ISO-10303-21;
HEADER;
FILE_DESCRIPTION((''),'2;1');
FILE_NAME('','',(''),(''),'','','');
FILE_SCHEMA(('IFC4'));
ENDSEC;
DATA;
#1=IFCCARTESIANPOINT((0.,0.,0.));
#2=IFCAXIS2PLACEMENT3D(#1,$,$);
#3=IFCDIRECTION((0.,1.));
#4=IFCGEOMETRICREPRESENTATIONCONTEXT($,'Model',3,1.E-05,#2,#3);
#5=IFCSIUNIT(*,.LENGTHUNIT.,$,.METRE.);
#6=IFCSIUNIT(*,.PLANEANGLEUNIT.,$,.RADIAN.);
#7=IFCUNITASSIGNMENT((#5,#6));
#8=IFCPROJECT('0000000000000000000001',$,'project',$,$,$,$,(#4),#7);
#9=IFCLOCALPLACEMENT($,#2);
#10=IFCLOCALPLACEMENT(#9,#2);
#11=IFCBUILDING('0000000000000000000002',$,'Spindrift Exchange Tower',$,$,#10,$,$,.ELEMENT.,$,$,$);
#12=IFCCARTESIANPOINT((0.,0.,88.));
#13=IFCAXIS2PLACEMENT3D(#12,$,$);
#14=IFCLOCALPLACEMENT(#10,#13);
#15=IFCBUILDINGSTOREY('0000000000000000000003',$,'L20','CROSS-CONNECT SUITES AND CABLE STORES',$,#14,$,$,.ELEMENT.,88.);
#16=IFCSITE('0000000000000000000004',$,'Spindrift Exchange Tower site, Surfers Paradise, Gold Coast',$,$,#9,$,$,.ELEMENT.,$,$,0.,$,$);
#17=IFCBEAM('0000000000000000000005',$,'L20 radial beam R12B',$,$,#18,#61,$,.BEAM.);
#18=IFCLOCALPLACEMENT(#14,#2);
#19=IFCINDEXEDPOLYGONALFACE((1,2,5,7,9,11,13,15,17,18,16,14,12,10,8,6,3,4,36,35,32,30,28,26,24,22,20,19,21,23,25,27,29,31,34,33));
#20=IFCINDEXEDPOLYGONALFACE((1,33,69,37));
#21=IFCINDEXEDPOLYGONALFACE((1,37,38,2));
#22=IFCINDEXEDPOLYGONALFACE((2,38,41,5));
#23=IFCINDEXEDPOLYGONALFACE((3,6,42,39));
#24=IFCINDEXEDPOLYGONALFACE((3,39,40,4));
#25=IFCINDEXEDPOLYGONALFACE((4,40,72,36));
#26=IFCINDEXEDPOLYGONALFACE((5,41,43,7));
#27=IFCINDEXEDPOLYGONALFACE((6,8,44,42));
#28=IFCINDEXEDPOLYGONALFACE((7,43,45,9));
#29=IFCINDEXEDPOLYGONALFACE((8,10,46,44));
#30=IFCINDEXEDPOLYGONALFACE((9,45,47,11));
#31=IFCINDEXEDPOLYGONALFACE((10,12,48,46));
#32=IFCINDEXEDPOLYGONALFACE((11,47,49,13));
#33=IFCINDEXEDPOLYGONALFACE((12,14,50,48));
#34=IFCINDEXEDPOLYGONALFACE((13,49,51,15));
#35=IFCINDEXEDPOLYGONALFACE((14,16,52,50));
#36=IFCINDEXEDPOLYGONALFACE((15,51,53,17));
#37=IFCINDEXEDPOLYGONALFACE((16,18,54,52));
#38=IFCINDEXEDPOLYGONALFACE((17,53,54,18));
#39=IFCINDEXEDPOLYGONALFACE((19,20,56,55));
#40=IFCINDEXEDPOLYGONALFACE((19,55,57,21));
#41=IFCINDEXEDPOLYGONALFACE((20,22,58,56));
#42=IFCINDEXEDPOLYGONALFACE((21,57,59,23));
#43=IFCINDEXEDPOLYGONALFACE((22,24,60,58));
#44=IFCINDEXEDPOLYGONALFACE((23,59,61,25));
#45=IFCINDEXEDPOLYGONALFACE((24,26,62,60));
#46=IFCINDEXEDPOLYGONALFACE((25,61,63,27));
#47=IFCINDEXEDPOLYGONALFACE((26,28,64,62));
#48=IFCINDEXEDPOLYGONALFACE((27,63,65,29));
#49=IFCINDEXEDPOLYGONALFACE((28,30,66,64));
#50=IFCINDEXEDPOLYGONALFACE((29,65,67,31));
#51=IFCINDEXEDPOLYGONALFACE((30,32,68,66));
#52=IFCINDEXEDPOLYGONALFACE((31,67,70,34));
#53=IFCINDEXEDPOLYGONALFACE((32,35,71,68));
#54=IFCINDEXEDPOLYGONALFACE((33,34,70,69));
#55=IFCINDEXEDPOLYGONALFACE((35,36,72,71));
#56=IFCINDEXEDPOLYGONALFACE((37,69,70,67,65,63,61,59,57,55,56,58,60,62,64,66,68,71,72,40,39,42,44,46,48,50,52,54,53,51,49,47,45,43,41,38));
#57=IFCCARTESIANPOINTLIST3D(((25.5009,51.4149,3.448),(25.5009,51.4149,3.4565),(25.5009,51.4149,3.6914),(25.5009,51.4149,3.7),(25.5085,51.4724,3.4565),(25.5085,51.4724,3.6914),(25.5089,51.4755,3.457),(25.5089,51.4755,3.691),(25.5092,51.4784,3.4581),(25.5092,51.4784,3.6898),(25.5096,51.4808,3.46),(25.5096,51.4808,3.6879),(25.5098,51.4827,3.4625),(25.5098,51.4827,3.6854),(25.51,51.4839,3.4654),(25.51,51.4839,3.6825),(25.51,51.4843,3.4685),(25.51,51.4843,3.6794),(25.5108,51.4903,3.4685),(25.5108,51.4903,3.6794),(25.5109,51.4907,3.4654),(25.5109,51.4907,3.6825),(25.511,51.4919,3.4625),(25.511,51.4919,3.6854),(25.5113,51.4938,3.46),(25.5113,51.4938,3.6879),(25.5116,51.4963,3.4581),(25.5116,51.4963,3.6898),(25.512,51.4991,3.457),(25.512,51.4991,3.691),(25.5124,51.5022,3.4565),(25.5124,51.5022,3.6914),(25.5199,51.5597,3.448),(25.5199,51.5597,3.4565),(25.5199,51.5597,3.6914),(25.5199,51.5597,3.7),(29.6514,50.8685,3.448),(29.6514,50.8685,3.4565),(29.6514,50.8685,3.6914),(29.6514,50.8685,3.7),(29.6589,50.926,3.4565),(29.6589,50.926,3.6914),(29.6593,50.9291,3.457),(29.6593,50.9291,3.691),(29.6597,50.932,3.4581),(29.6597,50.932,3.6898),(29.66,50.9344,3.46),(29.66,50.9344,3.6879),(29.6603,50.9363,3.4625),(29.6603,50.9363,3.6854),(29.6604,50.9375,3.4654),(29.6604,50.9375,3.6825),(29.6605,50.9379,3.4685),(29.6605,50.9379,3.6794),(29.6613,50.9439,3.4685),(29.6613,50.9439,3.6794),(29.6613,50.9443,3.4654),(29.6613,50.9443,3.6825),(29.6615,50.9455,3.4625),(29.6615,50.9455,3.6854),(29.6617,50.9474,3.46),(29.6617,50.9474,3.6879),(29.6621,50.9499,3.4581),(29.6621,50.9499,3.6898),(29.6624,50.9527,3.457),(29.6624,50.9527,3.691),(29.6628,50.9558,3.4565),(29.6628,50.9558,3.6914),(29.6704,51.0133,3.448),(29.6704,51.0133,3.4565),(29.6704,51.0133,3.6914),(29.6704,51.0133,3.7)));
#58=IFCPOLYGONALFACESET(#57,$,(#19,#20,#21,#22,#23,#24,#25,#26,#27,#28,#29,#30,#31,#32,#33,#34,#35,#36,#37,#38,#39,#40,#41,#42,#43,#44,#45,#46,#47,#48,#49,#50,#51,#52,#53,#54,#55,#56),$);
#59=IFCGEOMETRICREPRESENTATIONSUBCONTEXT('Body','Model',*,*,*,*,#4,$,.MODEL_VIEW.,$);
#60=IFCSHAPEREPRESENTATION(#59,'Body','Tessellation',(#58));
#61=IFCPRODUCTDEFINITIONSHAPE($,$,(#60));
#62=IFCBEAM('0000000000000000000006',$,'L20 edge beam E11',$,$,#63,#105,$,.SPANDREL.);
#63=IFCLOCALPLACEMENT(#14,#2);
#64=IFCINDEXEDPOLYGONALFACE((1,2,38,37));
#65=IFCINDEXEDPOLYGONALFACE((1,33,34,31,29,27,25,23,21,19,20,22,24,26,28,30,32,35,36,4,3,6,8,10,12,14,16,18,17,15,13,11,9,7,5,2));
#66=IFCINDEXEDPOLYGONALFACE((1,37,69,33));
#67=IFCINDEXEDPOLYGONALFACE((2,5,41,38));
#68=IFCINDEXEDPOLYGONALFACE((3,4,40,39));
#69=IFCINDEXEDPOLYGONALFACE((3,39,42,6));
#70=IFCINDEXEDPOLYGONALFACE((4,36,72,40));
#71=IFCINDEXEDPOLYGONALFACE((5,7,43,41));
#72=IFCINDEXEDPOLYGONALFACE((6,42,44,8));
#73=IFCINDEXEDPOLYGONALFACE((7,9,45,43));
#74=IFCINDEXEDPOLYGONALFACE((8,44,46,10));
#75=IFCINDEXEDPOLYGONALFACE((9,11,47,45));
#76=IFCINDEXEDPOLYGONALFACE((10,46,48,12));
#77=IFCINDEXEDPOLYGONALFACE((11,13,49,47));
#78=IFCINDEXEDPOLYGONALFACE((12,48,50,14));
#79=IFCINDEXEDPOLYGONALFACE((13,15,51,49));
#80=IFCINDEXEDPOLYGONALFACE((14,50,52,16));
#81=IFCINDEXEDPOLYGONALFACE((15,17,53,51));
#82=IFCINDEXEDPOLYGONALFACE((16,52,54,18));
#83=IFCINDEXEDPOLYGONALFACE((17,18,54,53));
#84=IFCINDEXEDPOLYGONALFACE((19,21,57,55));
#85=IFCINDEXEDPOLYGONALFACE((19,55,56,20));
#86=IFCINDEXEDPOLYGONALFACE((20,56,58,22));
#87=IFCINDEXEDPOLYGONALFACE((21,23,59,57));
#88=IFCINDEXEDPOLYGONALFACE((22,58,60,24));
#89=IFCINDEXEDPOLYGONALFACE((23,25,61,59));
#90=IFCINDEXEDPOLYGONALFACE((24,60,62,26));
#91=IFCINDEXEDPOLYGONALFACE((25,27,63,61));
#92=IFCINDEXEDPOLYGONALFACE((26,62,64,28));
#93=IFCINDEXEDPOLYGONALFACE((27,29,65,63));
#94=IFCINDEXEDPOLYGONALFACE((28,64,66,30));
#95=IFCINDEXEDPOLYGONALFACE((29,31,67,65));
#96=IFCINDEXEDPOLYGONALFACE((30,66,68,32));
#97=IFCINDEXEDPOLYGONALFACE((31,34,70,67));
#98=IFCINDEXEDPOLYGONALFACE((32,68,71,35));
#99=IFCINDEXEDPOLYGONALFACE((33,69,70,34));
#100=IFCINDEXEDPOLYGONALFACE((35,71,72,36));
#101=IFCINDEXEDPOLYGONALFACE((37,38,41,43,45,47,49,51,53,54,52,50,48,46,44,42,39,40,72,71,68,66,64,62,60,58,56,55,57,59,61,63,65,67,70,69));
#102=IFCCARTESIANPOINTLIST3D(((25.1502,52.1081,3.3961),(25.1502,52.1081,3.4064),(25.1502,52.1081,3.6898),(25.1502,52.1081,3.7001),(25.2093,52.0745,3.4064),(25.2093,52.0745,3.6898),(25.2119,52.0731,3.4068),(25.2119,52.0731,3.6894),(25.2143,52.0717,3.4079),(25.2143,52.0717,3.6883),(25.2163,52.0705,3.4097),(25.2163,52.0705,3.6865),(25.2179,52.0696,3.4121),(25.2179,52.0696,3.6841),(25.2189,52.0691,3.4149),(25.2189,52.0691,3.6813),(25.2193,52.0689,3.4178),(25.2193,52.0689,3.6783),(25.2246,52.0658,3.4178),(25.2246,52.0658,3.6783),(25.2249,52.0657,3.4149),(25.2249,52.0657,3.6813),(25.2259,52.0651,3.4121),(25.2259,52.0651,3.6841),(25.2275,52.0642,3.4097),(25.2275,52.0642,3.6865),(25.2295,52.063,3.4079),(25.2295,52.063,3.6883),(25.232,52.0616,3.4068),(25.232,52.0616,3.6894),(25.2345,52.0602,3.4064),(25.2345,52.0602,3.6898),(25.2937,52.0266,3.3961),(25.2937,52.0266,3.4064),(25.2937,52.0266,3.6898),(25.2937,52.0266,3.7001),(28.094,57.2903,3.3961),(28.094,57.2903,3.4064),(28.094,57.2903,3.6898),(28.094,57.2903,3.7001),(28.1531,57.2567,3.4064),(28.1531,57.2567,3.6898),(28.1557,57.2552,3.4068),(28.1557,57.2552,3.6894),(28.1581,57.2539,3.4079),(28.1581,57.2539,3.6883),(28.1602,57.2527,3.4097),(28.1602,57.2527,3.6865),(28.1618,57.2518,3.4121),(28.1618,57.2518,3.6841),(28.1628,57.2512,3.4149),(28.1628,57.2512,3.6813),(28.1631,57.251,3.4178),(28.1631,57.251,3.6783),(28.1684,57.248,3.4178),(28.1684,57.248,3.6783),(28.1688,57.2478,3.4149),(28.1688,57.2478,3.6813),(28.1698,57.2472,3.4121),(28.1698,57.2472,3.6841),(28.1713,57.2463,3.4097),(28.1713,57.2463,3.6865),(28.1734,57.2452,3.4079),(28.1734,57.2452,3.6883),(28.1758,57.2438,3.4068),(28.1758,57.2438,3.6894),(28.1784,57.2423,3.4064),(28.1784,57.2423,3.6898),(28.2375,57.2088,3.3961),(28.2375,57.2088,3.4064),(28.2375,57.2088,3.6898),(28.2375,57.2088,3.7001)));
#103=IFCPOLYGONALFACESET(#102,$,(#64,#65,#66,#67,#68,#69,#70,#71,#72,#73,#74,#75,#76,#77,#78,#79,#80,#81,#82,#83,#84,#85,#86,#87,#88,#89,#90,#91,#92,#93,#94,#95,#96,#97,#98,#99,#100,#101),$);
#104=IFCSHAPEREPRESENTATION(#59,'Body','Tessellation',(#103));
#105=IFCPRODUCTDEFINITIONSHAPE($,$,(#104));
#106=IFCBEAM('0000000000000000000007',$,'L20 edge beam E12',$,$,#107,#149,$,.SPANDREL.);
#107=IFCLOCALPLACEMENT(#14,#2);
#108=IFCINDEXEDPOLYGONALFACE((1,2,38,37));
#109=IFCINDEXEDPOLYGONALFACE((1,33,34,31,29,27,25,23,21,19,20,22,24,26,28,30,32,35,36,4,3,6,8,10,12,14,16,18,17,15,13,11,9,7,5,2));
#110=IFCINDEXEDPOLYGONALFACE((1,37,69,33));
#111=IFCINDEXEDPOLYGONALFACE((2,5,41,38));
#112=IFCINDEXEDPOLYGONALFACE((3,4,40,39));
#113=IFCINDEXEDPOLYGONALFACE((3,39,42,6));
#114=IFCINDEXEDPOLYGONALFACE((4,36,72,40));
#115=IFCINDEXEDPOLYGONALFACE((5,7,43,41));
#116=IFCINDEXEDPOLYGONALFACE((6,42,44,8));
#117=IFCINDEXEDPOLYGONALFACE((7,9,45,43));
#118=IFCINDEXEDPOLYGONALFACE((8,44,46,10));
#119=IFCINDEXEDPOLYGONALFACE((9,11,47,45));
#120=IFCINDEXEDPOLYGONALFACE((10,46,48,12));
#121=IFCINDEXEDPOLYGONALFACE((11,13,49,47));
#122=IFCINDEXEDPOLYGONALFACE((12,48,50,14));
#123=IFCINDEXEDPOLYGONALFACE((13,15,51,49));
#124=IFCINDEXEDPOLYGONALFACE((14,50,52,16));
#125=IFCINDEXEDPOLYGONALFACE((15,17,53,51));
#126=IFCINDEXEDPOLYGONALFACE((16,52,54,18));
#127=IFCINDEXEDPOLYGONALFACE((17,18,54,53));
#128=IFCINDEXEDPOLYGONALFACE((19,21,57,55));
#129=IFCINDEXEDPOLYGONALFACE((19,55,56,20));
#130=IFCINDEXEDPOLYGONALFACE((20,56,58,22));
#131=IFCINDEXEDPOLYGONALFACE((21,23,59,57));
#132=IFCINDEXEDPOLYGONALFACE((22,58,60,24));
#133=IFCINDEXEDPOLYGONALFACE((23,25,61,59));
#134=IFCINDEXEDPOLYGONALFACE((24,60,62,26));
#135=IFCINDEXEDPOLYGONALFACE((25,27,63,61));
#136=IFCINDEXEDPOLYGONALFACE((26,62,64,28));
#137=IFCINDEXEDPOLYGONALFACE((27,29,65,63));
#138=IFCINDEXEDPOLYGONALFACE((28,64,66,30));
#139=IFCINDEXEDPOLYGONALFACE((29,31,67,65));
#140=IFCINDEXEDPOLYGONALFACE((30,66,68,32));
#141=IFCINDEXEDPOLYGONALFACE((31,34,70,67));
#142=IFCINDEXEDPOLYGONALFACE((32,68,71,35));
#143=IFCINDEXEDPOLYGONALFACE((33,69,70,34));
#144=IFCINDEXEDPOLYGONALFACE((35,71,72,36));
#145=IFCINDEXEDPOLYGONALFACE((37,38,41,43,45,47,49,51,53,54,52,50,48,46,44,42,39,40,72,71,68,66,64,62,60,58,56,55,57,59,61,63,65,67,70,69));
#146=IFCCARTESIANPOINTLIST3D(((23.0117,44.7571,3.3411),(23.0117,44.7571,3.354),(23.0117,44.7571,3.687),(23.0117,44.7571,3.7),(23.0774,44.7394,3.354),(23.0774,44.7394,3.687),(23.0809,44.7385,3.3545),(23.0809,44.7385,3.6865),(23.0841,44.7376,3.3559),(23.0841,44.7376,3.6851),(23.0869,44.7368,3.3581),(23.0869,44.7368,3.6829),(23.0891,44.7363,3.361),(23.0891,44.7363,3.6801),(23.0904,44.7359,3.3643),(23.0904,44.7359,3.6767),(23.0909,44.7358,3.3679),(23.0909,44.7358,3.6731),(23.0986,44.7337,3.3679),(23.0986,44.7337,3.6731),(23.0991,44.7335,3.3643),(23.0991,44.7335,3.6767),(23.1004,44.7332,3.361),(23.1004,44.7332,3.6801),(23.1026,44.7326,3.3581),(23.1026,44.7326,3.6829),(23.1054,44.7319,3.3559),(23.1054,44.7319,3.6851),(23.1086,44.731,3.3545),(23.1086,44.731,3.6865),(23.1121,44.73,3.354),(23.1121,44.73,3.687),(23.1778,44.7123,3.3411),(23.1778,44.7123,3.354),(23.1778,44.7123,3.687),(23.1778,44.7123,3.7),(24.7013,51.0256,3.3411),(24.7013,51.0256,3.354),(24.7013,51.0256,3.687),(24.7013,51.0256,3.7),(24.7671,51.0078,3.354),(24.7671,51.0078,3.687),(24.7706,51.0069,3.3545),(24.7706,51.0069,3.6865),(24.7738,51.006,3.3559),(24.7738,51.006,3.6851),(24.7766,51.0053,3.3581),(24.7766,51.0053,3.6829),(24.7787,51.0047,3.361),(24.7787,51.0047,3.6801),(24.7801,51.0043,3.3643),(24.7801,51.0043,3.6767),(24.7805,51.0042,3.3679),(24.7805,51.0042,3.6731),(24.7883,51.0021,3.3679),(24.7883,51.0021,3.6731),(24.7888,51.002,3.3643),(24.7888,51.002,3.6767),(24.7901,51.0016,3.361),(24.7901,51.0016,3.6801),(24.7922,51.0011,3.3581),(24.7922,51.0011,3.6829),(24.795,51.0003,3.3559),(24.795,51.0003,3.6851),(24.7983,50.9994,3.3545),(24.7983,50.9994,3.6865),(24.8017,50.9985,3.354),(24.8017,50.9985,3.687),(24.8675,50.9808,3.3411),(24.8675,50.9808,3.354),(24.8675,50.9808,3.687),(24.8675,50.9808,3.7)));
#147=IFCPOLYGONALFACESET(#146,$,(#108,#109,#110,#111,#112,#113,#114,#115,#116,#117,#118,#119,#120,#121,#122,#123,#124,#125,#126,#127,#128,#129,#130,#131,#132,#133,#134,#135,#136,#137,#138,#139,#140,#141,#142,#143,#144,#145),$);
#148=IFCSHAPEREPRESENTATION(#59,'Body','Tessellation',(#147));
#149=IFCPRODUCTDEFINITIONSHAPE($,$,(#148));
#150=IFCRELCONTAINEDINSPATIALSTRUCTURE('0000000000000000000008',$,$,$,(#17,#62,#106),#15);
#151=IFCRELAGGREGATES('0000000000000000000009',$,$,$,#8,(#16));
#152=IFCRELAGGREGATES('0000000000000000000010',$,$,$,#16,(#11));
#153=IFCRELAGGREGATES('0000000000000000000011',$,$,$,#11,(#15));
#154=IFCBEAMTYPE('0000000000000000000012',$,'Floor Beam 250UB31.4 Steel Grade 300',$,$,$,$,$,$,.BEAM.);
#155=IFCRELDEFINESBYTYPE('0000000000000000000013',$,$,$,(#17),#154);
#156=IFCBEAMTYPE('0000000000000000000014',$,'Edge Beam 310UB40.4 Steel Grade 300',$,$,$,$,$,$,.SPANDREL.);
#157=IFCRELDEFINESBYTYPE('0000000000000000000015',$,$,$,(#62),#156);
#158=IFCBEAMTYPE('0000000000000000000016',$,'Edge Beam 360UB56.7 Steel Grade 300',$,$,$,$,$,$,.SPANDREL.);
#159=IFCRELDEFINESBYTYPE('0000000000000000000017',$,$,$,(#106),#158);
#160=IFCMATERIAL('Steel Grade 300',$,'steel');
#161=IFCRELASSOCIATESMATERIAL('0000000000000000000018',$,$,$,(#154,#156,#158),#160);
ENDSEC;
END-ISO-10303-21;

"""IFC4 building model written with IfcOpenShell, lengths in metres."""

from ifc_helpers import new_model, si_unit, direction, frame, origin, origin_2d, place, context, subcontext, project, spatial, i_section, extrude, source, transform, mapped, material, material_profile, profile_set, type_object, element, save


model = new_model("IFC4")

# Units and contexts
model_context = context("Model", 3, precision=1e-05, world=origin(), true_north=direction((0.0, 1.0)))
body_context = subcontext(model_context, "Body", "Model", "MODEL_VIEW")
ifc_project = project(units=[si_unit("LENGTHUNIT", "METRE"), si_unit("PLANEANGLEUNIT", "RADIAN")], contexts=[model_context])

# Site, building, storey
site_placement = place(None, origin())
site = spatial("IfcSite", under=ifc_project, at=site_placement, Name="Spindrift Exchange Tower site, Surfers Paradise, Gold Coast", CompositionType="ELEMENT", RefElevation=0.0)
building_placement = place(site_placement, origin())
building = spatial("IfcBuilding", under=site, at=building_placement, Name="Spindrift Exchange Tower", CompositionType="ELEMENT")
storey_placement = place(building_placement, frame((0.0, 0.0, 88.0)))
storey = spatial("IfcBuildingStorey", under=building, at=storey_placement, Name="L20", Description="CROSS-CONNECT SUITES AND CABLE STORES", CompositionType="ELEMENT", Elevation=88.0)

# Beams
ifc_material_1 = material(Name="Steel Grade 300", Category="steel")
ifc_material_profile_1 = material_profile(ifc_material_1, i_section(OverallWidth=0.146, OverallDepth=0.252, WebThickness=0.0061, FlangeThickness=0.0085, FilletRadius=0.012, at=origin_2d()), Name="250UB31.4")
ifc_profile_set_1 = profile_set([ifc_material_profile_1], Name="Steel Grade 300")
beam_type_1 = type_object("IfcBeamType", Name="Floor Beam 250UB31.4 Steel Grade 300", PredefinedType="BEAM", material=ifc_profile_set_1)
shared_shape_1 = source(origin(), body_context, "Body", "SweptSolid", [
    extrude(i_section(OverallWidth=0.146, OverallDepth=0.252, WebThickness=0.0061, FlangeThickness=0.0085, FilletRadius=0.012, at=origin_2d()), origin(), (0.0, 0.0, 1.0), 4.1863),
])
beam_1_placement = place(storey_placement, frame((29.6609, 50.9409, 3.574), z_axis=(-0.991446, 0.130521, 0.0), x_axis=(-0.130521, -0.991446, 0.0)))
element("IfcBeam", 1, at=beam_1_placement, inside=storey, type_object=beam_type_1, Name="L20 radial beam R12B", PredefinedType="BEAM", context=body_context, shape_type="MappedRepresentation", body=[
    mapped(shared_shape_1, transform((0.0, 0.0, 0.0), scale=1.0)),
])
ifc_material_profile_2 = material_profile(ifc_material_1, i_section(OverallWidth=0.165, OverallDepth=0.304, WebThickness=0.0061, FlangeThickness=0.0103, FilletRadius=0.0115, at=origin_2d()), Name="310UB40.4")
ifc_profile_set_2 = profile_set([ifc_material_profile_2], Name="Steel Grade 300")
beam_type_2 = type_object("IfcBeamType", Name="Edge Beam 310UB40.4 Steel Grade 300", PredefinedType="SPANDREL", material=ifc_profile_set_2)
shared_shape_2 = source(origin(), body_context, "Body", "SweptSolid", [
    extrude(i_section(OverallWidth=0.165, OverallDepth=0.304, WebThickness=0.0061, FlangeThickness=0.0103, FilletRadius=0.0115, at=origin_2d()), origin(), (0.0, 0.0, 1.0), 5.96),
])
beam_2_placement = place(storey_placement, frame((28.1658, 57.2495, 3.5481), z_axis=(-0.49394, -0.869496, 0.0), x_axis=(0.869496, -0.49394, 0.0)))
element("IfcBeam", 2, at=beam_2_placement, inside=storey, type_object=beam_type_2, Name="L20 edge beam E11", PredefinedType="SPANDREL", context=body_context, shape_type="MappedRepresentation", body=[
    mapped(shared_shape_2, transform((0.0, 0.0, 0.0), scale=1.0)),
])
ifc_material_profile_3 = material_profile(ifc_material_1, i_section(OverallWidth=0.1721, OverallDepth=0.3589, WebThickness=0.0081, FlangeThickness=0.0129, FilletRadius=0.0139, at=origin_2d()), Name="360UB56.7")
ifc_profile_set_3 = profile_set([ifc_material_profile_3], Name="Steel Grade 300")
beam_type_3 = type_object("IfcBeamType", Name="Edge Beam 360UB56.7 Steel Grade 300", PredefinedType="SPANDREL", material=ifc_profile_set_3)
shared_shape_3 = source(origin(), body_context, "Body", "SweptSolid", [
    extrude(i_section(OverallWidth=0.1721, OverallDepth=0.3589, WebThickness=0.0081, FlangeThickness=0.0129, FilletRadius=0.0139, at=origin_2d()), origin(), (0.0, 0.0, 1.0), 6.4922),
])
beam_3_placement = place(storey_placement, frame((24.7844, 51.0032, 3.5205), z_axis=(-0.260262, -0.965538, 0.0), x_axis=(0.965538, -0.260262, 0.0)))
element("IfcBeam", 3, at=beam_3_placement, inside=storey, type_object=beam_type_3, Name="L20 edge beam E12", PredefinedType="SPANDREL", context=body_context, shape_type="MappedRepresentation", body=[
    mapped(shared_shape_3, transform((0.0, 0.0, 0.0), scale=1.0)),
])

save(model, "model.ifc")
